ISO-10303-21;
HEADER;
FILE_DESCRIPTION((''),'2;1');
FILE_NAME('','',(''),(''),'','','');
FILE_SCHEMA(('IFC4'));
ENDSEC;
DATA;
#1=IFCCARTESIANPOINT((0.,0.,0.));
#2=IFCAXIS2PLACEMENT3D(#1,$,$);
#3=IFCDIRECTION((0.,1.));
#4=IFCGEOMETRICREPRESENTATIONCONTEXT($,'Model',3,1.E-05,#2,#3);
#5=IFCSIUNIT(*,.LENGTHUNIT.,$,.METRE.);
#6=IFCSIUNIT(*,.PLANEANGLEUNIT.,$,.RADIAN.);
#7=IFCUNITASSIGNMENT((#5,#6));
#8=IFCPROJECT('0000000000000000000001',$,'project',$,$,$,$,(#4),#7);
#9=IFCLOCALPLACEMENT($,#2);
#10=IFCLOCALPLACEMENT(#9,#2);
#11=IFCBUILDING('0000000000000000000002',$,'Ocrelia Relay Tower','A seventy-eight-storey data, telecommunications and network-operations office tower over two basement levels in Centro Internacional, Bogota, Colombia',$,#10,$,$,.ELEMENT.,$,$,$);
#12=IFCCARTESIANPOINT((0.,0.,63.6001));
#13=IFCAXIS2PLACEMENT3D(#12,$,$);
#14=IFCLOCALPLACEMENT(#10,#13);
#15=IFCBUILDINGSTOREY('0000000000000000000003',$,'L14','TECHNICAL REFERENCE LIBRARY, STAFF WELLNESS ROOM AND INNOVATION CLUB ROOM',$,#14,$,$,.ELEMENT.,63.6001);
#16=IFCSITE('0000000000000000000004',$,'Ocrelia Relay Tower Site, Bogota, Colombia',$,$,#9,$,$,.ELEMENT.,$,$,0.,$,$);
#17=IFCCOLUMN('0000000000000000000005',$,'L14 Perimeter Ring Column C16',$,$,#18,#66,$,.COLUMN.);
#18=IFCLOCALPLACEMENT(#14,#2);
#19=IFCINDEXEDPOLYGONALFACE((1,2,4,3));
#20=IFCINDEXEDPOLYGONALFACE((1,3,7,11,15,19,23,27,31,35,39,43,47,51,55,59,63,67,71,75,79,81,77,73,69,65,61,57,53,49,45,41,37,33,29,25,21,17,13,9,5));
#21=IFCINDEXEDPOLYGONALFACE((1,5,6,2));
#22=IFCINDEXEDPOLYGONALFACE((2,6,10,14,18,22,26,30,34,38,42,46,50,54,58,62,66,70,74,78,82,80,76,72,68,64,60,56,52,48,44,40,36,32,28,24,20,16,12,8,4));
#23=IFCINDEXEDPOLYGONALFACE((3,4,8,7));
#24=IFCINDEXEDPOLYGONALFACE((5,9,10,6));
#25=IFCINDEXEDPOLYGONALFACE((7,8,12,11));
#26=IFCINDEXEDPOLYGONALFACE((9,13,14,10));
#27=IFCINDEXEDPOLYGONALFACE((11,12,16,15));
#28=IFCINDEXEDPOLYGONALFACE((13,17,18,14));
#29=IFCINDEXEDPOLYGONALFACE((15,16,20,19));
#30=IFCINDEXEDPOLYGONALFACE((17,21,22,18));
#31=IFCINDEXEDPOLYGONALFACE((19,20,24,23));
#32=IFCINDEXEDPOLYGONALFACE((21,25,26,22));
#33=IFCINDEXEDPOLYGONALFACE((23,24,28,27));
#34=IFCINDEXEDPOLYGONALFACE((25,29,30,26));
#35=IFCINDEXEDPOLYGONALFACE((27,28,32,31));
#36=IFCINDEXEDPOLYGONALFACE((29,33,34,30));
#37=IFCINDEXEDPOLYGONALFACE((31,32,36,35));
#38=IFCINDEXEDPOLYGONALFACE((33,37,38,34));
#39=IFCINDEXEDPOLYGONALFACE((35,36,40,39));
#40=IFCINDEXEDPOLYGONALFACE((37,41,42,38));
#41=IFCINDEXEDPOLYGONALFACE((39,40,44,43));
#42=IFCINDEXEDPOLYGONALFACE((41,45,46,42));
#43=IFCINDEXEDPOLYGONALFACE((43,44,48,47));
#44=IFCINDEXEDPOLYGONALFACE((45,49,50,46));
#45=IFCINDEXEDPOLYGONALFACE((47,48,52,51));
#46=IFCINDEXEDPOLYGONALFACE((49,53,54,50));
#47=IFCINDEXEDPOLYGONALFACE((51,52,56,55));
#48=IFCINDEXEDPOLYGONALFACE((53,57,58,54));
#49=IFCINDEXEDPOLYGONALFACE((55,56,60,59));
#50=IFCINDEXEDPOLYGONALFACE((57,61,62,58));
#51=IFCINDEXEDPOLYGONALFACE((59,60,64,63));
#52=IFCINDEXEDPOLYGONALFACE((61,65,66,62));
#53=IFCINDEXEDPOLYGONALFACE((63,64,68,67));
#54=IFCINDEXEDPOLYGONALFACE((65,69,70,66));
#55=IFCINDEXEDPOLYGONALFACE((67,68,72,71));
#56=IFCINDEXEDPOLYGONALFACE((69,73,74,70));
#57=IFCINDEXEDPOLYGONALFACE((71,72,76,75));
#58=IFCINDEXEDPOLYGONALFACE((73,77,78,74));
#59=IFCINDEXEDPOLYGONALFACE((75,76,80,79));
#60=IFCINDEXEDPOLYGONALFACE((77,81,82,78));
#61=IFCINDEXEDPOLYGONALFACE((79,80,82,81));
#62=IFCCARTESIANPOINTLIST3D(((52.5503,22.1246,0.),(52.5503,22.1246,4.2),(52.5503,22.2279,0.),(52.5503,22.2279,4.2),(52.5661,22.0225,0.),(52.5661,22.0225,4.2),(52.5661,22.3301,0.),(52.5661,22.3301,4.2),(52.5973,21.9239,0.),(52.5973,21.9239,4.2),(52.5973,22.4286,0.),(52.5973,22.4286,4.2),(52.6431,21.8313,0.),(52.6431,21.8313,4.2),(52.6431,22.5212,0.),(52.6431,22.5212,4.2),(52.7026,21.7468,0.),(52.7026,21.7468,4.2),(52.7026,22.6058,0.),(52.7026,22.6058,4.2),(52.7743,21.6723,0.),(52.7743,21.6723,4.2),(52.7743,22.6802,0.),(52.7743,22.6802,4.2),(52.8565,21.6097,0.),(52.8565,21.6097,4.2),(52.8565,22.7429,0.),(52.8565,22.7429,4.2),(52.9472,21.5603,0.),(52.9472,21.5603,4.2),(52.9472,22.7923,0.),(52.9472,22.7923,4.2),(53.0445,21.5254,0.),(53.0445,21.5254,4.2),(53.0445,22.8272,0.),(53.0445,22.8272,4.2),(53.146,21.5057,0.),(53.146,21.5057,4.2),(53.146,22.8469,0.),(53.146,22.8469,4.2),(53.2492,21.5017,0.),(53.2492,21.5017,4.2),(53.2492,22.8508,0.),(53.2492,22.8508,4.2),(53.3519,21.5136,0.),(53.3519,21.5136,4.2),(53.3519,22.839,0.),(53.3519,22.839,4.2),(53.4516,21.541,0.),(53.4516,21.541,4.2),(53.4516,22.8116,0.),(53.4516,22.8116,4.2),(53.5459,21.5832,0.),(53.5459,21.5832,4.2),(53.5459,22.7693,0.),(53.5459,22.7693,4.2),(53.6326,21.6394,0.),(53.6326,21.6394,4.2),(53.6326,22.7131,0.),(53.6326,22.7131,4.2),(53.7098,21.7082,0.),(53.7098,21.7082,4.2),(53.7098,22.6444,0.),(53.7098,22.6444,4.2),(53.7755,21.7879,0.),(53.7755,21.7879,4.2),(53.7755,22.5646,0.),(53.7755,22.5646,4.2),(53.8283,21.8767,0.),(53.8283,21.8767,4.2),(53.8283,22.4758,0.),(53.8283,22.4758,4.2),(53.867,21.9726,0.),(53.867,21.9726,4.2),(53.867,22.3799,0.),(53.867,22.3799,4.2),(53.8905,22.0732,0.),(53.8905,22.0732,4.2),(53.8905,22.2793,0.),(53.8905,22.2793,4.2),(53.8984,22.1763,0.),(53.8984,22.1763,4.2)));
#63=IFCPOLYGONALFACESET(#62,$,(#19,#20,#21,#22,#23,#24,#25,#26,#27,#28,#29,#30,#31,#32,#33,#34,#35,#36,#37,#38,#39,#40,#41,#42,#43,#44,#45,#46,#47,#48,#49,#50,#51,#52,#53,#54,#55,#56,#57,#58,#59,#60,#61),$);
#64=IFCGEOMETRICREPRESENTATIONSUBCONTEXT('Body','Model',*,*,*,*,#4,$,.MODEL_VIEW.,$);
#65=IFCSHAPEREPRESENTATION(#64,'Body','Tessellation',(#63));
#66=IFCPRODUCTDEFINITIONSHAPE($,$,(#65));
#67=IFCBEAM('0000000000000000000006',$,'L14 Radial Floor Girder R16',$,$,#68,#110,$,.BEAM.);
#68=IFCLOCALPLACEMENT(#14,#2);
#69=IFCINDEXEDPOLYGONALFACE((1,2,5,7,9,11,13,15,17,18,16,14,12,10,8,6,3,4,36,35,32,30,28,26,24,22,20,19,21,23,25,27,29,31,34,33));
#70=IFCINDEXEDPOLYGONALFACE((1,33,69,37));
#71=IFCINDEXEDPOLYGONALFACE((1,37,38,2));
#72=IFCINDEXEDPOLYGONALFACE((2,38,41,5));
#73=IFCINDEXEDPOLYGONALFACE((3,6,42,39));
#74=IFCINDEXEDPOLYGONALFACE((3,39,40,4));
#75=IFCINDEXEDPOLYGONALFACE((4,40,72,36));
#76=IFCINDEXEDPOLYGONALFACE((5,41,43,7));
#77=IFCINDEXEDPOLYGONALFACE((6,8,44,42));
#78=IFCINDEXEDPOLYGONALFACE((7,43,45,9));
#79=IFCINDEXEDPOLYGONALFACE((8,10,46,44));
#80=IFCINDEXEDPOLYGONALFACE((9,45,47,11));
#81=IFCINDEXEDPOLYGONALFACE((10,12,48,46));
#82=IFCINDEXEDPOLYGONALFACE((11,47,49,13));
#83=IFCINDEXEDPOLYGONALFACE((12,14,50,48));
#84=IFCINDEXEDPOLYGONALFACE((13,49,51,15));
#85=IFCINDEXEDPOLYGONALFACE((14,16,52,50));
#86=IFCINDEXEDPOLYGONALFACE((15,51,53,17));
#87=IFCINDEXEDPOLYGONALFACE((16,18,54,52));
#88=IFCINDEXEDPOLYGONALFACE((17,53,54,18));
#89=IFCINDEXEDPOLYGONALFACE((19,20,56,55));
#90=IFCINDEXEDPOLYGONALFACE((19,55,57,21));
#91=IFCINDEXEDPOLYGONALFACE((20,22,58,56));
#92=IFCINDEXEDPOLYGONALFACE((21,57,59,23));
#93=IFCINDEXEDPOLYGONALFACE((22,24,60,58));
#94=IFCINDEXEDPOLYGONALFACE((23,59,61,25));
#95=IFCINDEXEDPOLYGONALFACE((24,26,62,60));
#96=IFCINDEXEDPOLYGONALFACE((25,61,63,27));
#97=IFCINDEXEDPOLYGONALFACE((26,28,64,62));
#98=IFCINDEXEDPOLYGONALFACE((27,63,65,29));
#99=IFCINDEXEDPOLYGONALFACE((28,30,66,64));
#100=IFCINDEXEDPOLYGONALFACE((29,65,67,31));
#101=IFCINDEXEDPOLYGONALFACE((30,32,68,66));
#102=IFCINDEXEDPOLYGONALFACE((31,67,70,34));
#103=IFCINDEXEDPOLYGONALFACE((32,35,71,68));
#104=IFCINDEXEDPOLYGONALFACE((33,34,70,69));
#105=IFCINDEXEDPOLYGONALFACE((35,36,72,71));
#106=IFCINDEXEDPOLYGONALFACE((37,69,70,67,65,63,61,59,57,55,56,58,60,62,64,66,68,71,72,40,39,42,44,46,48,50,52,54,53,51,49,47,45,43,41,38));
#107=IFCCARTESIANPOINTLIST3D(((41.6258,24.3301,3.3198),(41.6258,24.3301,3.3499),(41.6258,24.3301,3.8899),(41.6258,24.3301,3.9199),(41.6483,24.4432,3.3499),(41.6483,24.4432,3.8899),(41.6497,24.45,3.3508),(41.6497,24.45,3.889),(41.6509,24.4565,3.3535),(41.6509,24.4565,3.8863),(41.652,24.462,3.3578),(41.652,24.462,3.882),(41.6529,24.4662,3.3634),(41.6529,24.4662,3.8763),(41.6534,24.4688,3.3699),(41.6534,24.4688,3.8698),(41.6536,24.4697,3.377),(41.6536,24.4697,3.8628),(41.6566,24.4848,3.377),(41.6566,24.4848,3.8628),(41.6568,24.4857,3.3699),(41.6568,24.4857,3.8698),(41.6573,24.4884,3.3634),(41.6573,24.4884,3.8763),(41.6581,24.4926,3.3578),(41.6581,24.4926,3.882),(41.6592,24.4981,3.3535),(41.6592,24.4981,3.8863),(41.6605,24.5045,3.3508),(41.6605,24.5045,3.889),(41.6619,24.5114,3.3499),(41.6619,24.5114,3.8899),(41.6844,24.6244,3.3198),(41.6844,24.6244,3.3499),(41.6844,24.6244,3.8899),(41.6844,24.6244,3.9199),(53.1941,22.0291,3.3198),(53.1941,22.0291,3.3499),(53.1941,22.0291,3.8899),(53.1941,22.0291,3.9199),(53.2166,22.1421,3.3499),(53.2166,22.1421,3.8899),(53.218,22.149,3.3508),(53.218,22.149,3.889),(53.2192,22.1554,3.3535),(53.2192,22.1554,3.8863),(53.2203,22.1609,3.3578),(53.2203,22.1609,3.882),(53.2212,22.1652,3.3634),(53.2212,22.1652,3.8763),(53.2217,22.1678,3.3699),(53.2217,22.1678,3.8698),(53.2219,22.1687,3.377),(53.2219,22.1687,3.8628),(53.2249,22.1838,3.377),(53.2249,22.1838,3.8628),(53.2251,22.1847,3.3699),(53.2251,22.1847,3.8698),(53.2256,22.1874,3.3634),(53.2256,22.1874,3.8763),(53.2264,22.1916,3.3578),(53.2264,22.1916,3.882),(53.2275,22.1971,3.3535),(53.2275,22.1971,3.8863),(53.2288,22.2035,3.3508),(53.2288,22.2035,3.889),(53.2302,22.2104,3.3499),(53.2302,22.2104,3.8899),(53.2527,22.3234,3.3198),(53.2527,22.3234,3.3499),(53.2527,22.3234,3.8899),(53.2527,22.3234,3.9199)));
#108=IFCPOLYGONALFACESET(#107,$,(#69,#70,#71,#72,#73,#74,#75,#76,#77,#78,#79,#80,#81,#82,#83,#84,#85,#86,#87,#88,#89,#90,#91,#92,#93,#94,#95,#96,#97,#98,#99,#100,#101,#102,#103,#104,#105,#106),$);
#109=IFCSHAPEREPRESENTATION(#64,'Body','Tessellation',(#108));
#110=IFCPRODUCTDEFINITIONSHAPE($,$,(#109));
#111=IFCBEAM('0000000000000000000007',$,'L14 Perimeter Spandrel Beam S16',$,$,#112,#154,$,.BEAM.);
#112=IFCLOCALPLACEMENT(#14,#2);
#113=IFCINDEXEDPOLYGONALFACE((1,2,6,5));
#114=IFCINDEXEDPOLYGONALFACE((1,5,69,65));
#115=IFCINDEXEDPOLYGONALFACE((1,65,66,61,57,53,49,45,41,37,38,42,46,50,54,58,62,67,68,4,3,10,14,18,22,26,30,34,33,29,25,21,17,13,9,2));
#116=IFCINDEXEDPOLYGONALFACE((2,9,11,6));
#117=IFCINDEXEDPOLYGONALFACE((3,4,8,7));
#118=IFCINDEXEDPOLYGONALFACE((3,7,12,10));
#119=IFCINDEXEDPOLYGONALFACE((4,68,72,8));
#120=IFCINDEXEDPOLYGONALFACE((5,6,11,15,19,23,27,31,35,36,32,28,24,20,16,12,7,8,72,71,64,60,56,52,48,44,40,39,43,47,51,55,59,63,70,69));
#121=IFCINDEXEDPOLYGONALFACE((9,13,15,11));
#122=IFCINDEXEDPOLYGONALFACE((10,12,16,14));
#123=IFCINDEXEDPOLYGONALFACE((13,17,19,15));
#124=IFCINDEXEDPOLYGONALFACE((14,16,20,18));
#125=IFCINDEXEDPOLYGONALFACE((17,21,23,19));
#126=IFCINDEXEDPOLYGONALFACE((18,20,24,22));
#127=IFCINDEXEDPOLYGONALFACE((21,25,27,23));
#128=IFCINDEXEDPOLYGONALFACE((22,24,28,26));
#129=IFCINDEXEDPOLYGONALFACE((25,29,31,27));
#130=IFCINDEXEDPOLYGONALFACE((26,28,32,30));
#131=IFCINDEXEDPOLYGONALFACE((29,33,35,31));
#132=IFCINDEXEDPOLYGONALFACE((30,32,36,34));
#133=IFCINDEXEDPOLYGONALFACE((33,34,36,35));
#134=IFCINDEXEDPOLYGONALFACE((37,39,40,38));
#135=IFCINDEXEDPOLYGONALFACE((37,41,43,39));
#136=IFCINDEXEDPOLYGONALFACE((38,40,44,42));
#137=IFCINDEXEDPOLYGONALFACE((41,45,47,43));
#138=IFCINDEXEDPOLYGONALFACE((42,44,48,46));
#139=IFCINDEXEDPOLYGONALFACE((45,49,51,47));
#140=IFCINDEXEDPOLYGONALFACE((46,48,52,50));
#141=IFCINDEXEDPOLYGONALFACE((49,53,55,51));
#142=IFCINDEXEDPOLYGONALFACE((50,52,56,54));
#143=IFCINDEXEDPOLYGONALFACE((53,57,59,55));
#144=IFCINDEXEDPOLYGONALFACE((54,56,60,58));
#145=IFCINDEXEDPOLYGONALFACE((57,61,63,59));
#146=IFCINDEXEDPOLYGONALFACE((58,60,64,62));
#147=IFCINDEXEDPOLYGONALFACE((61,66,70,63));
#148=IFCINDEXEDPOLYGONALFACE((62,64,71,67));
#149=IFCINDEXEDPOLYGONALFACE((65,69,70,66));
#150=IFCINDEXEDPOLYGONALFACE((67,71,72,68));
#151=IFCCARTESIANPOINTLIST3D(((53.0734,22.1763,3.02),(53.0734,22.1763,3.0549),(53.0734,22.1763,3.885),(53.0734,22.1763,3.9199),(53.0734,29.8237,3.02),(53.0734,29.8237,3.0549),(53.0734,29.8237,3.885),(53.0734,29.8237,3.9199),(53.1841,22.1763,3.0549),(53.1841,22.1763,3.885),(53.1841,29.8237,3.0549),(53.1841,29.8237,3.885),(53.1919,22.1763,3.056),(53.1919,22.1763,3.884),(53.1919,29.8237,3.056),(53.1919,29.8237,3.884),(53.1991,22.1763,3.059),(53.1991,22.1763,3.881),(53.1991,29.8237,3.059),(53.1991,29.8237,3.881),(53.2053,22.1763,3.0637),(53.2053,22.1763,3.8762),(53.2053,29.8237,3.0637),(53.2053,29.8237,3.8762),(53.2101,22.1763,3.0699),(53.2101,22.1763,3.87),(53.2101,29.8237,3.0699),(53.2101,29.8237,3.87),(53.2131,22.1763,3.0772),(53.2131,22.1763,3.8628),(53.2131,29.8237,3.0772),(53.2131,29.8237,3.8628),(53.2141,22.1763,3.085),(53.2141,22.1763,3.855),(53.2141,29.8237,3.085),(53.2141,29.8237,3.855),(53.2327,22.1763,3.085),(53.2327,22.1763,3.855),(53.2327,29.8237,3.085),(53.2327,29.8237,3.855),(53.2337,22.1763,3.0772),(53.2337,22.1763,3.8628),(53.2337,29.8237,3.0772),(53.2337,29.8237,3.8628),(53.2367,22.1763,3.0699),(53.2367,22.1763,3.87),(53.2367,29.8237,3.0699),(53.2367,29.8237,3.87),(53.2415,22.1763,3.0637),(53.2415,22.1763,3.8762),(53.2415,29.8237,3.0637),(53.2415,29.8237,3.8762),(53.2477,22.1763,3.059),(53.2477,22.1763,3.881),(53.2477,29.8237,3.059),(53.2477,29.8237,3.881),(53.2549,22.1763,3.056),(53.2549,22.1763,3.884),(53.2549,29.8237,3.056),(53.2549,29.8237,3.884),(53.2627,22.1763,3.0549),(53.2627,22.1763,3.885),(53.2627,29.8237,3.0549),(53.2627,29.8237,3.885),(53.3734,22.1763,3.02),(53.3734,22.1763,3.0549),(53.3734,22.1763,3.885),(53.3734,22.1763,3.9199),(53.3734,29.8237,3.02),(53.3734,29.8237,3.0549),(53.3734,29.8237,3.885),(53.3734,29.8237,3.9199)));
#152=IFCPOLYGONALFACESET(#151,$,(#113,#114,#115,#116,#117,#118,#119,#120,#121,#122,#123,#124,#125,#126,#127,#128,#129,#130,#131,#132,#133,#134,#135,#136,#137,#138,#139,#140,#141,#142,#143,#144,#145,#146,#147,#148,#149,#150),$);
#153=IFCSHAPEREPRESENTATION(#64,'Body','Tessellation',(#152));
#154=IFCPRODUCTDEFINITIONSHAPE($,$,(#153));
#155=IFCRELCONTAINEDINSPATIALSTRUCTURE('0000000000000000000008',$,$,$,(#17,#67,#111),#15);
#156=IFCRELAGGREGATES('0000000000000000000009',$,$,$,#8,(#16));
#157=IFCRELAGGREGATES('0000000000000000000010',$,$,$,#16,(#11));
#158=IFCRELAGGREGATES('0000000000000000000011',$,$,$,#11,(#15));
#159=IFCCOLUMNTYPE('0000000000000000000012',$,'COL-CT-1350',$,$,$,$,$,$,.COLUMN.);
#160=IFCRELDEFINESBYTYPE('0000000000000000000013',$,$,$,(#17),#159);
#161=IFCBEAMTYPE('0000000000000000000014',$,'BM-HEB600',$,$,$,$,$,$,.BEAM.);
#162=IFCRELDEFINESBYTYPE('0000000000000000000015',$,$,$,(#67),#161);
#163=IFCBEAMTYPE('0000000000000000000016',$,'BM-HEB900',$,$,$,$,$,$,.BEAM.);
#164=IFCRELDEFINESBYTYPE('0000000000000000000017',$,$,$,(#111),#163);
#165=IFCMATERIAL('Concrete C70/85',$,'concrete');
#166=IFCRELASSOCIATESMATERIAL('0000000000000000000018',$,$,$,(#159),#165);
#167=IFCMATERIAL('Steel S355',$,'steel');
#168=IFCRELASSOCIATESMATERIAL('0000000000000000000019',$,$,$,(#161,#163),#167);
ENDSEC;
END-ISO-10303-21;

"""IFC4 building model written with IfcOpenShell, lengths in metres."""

from ifc_helpers import new_model, si_unit, direction, frame, origin, origin_2d, place, context, subcontext, project, spatial, circle, i_section, extrude, material, material_profile, profile_set, type_object, element, save


model = new_model("IFC4")

# Units and contexts
model_context = context("Model", 3, precision=1e-05, world=origin(), true_north=direction((0.0, 1.0)))
body_context = subcontext(model_context, "Body", "Model", "MODEL_VIEW")
ifc_project = project(units=[si_unit("LENGTHUNIT", "METRE"), si_unit("PLANEANGLEUNIT", "RADIAN")], contexts=[model_context])

# Site, building, storey
site_placement = place(None, origin())
site = spatial("IfcSite", under=ifc_project, at=site_placement, Name="Ocrelia Relay Tower Site, Bogota, Colombia", CompositionType="ELEMENT", RefElevation=0.0)
building_placement = place(site_placement, origin())
building = spatial("IfcBuilding", under=site, at=building_placement, Name="Ocrelia Relay Tower", Description="A seventy-eight-storey data, telecommunications and network-operations office tower over two basement levels in Centro Internacional, Bogota, Colombia", CompositionType="ELEMENT")
storey_placement = place(building_placement, frame((0.0, 0.0, 63.6001)))
storey = spatial("IfcBuildingStorey", under=building, at=storey_placement, Name="L14", Description="TECHNICAL REFERENCE LIBRARY, STAFF WELLNESS ROOM AND INNOVATION CLUB ROOM", CompositionType="ELEMENT", Elevation=63.6001)

# Column
ifc_material_1 = material(Name="Concrete C70/85", Category="concrete")
ifc_material_profile_1 = material_profile(ifc_material_1, circle(Radius=0.675, at=origin_2d()), Name="RC-CIR-1350")
ifc_profile_set_1 = profile_set([ifc_material_profile_1], Name="Concrete C70/85")
column_type = type_object("IfcColumnType", Name="COL-CT-1350", PredefinedType="COLUMN", material=ifc_profile_set_1)
column_placement = place(storey_placement, frame((53.2234, 22.1763, 0.0), z_axis=(0.0, 0.0, 1.0), x_axis=(1.0, 0.0, 0.0)))
element("IfcColumn", 1, at=column_placement, inside=storey, type_object=column_type, Name="L14 Perimeter Ring Column C16", PredefinedType="COLUMN", context=body_context, shape_type="SweptSolid", body=[
    extrude(circle(Radius=0.675, at=origin_2d()), origin(), (0.0, 0.0, 1.0), 4.2),
])

# Beams
ifc_material_2 = material(Name="Steel S355", Category="steel")
ifc_material_profile_2 = material_profile(ifc_material_2, i_section(OverallWidth=0.3, OverallDepth=0.6001, WebThickness=0.0154, FlangeThickness=0.03, FilletRadius=0.0271, at=origin_2d()), Name="HEB 600")
ifc_profile_set_2 = profile_set([ifc_material_profile_2], Name="Steel S355")
beam_type_1 = type_object("IfcBeamType", Name="BM-HEB600", PredefinedType="BEAM", material=ifc_profile_set_2)
beam_1_placement = place(storey_placement, frame((53.2234, 22.1763, 3.6199), z_axis=(-0.980786, 0.195085, 0.0), x_axis=(-0.195085, -0.980786, 0.0)))
element("IfcBeam", 2, at=beam_1_placement, inside=storey, type_object=beam_type_1, Name="L14 Radial Floor Girder R16", PredefinedType="BEAM", context=body_context, shape_type="SweptSolid", body=[
    extrude(i_section(OverallWidth=0.3, OverallDepth=0.6001, WebThickness=0.0154, FlangeThickness=0.03, FilletRadius=0.0271, at=origin_2d()), origin(), (0.0, 0.0, 1.0), 11.7949),
])
ifc_material_profile_3 = material_profile(ifc_material_2, i_section(OverallWidth=0.3, OverallDepth=0.8999, WebThickness=0.0186, FlangeThickness=0.0349, FilletRadius=0.03, at=origin_2d()), Name="HEB 900")
ifc_profile_set_3 = profile_set([ifc_material_profile_3], Name="Steel S355")
beam_type_2 = type_object("IfcBeamType", Name="BM-HEB900", PredefinedType="BEAM", material=ifc_profile_set_3)
beam_2_placement = place(storey_placement, frame((53.2234, 22.1763, 3.47), z_axis=(0.0, 1.0, 0.0), x_axis=(-1.0, 0.0, 0.0)))
element("IfcBeam", 3, at=beam_2_placement, inside=storey, type_object=beam_type_2, Name="L14 Perimeter Spandrel Beam S16", PredefinedType="BEAM", context=body_context, shape_type="SweptSolid", body=[
    extrude(i_section(OverallWidth=0.3, OverallDepth=0.8999, WebThickness=0.0186, FlangeThickness=0.0349, FilletRadius=0.03, at=origin_2d()), origin(), (0.0, 0.0, 1.0), 7.6475),
])

save(model, "model.ifc")
